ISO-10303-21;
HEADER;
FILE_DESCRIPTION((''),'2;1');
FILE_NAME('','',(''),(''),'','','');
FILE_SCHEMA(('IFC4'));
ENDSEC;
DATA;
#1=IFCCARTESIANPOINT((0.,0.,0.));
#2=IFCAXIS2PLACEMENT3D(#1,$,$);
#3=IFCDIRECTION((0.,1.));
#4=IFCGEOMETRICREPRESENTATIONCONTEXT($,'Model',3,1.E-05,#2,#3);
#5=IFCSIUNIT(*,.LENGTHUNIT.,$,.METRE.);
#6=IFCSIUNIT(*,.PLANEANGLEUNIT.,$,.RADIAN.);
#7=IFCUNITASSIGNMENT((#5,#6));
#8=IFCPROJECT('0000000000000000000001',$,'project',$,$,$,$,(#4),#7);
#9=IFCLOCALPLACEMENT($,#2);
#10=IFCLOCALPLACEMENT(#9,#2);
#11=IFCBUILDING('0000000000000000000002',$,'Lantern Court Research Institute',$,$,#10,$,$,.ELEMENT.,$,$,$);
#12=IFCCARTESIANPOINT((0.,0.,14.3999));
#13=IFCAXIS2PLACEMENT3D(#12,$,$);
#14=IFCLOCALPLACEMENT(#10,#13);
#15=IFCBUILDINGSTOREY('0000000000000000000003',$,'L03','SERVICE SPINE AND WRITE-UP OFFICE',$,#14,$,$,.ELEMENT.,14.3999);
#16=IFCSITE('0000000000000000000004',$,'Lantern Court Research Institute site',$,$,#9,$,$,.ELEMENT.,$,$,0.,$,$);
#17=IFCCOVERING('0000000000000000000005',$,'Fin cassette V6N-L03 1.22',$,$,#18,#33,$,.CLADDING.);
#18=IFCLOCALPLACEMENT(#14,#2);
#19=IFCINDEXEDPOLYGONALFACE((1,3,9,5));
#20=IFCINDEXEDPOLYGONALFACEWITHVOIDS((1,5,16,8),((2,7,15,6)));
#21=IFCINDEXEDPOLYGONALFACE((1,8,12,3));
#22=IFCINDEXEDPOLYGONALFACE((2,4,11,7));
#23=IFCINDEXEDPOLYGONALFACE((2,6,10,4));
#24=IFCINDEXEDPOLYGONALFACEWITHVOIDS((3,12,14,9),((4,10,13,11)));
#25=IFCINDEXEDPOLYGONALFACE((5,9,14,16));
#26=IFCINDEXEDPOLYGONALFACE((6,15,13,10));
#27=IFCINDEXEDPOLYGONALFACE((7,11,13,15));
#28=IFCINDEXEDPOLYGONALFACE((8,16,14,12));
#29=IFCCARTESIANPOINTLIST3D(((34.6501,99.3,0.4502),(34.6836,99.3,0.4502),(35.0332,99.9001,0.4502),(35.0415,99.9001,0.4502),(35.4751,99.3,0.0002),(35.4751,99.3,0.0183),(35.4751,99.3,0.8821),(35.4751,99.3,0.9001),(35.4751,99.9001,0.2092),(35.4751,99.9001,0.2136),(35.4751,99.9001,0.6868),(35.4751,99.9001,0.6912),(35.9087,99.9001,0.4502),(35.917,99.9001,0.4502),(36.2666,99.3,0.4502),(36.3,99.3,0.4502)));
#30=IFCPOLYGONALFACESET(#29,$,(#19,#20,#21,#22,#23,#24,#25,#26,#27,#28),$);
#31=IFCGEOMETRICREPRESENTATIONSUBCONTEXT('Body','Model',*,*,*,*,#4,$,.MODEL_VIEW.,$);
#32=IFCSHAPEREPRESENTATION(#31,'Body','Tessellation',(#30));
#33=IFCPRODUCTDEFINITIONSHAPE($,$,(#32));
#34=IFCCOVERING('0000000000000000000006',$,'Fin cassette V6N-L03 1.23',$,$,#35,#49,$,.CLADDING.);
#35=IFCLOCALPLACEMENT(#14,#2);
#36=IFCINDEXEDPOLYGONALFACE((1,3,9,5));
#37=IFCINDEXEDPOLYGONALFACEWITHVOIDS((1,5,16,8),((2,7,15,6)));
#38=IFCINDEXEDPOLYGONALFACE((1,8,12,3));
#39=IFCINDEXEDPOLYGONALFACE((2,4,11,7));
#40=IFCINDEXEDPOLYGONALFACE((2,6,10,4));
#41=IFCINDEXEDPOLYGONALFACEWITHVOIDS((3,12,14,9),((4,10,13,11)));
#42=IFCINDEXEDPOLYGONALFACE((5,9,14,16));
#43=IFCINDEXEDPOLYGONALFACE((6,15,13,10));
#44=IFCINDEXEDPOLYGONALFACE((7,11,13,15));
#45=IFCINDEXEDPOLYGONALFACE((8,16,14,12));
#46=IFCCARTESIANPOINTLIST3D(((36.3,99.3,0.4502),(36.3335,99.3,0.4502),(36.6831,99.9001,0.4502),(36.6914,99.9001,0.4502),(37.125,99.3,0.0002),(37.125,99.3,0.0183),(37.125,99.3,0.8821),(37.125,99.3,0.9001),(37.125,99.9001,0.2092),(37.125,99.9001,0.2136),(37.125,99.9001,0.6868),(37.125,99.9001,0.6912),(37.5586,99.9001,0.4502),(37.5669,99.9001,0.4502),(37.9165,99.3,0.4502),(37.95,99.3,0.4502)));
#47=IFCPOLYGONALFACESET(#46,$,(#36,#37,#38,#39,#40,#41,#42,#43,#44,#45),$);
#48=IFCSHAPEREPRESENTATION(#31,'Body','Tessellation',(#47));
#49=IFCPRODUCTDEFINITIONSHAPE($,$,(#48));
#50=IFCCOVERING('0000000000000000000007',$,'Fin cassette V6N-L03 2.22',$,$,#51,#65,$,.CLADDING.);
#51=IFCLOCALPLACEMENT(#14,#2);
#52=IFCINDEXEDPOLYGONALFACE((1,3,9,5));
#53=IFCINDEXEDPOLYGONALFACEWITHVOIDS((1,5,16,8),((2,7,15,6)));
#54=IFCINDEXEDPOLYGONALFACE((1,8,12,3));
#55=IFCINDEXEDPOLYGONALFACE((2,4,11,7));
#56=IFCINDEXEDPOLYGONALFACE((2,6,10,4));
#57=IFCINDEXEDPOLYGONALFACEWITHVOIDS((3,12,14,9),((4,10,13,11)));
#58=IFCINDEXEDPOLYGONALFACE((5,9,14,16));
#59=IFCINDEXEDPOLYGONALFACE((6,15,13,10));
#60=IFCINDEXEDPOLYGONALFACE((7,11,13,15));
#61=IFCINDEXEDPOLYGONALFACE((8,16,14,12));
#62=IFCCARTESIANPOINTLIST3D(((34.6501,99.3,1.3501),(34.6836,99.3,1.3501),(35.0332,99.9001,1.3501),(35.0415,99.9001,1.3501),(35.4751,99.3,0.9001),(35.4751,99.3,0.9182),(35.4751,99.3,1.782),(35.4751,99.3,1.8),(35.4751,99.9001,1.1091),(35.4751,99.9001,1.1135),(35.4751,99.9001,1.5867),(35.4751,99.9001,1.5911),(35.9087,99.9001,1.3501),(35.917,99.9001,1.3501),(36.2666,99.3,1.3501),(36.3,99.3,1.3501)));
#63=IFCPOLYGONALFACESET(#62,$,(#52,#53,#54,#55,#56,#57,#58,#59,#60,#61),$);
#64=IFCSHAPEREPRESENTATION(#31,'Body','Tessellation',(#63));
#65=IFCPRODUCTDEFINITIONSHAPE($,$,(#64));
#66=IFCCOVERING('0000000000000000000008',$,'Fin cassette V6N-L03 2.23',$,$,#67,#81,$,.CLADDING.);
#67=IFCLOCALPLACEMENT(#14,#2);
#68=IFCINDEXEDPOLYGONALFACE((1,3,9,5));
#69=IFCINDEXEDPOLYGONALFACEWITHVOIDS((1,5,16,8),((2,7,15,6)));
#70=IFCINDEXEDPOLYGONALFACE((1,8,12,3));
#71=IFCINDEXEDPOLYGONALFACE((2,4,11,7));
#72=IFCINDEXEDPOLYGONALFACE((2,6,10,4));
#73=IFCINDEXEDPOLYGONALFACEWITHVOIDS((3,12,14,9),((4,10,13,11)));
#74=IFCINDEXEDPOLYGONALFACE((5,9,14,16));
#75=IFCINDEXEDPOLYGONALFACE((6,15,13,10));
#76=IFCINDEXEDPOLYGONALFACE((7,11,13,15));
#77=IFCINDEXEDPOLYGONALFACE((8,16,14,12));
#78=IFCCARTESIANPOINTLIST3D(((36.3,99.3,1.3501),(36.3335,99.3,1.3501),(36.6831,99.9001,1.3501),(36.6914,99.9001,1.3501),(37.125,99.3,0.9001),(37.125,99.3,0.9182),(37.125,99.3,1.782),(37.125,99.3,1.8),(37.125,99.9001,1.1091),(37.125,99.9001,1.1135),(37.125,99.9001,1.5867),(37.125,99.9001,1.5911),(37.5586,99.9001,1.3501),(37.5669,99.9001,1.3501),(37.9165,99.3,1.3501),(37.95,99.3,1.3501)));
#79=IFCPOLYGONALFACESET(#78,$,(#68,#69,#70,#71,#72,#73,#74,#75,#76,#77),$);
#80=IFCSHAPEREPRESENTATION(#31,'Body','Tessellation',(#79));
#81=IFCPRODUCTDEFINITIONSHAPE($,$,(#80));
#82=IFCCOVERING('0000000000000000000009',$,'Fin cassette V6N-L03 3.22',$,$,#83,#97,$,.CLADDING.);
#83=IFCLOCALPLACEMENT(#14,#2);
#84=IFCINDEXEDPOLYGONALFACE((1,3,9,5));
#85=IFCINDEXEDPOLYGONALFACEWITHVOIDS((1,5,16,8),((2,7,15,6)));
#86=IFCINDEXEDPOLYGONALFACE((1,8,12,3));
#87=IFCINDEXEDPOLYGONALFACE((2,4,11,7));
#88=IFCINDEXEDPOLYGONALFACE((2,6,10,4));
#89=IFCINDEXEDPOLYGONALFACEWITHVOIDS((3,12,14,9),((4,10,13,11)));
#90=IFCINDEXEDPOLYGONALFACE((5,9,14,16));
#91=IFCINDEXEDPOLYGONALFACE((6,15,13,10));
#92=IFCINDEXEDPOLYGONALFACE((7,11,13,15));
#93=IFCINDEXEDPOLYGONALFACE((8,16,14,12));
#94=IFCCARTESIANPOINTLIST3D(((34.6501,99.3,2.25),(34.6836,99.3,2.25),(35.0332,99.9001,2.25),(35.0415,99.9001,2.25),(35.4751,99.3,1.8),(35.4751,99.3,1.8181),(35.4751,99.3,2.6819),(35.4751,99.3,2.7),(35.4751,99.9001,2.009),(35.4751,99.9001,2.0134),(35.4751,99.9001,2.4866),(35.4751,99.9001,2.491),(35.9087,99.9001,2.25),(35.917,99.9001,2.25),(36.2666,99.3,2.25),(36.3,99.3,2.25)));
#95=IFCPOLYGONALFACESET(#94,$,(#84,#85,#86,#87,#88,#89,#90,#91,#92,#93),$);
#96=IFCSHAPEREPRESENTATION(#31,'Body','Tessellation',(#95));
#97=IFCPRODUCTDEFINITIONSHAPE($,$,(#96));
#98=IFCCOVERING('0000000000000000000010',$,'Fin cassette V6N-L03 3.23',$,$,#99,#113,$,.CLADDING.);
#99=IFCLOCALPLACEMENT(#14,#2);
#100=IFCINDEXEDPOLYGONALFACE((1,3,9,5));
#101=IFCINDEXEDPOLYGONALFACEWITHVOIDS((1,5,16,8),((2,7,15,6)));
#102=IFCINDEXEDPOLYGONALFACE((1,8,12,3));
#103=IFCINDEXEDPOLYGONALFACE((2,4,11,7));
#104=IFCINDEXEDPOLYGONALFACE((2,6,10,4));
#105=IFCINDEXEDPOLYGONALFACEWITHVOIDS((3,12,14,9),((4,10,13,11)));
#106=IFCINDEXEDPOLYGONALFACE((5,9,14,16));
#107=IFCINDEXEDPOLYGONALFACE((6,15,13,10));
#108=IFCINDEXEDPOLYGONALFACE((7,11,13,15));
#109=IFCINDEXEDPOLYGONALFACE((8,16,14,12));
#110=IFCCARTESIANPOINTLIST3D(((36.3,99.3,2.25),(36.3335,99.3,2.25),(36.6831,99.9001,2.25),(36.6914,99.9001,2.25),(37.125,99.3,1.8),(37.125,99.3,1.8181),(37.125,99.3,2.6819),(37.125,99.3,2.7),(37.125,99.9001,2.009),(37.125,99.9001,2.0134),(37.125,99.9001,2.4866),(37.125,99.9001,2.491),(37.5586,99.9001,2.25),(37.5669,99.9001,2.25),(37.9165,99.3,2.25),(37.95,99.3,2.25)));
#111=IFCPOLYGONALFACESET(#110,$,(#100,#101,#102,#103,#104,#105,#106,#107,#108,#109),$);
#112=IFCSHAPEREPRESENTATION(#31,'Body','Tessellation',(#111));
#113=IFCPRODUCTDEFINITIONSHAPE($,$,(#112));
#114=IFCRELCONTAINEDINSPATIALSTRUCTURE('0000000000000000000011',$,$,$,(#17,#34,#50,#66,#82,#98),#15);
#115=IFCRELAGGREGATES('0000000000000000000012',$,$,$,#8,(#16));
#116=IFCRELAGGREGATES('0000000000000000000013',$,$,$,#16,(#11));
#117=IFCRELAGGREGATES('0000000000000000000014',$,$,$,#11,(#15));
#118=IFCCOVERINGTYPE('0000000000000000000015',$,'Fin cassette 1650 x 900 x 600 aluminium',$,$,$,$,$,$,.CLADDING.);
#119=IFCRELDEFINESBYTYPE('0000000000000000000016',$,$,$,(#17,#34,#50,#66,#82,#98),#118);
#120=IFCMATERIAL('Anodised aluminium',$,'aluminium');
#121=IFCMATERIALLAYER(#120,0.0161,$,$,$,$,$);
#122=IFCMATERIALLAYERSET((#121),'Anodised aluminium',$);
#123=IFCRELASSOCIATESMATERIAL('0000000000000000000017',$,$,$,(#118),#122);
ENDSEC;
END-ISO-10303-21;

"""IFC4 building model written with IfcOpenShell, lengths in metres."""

from ifc_helpers import new_model, entity, si_unit, direction, frame, origin, place, context, subcontext, project, spatial, material, layer, layer_set, type_object, element, save


model = new_model("IFC4")

# Units and contexts
model_context = context("Model", 3, precision=1e-05, world=origin(), true_north=direction((0.0, 1.0)))
body_context = subcontext(model_context, "Body", "Model", "MODEL_VIEW")
ifc_project = project(units=[si_unit("LENGTHUNIT", "METRE"), si_unit("PLANEANGLEUNIT", "RADIAN")], contexts=[model_context])

# Site, building, storey
site_placement = place(None, origin())
site = spatial("IfcSite", under=ifc_project, at=site_placement, Name="Lantern Court Research Institute site", CompositionType="ELEMENT", RefElevation=0.0)
building_placement = place(site_placement, origin())
building = spatial("IfcBuilding", under=site, at=building_placement, Name="Lantern Court Research Institute", CompositionType="ELEMENT")
storey_placement = place(building_placement, frame((0.0, 0.0, 14.3999)))
storey = spatial("IfcBuildingStorey", under=building, at=storey_placement, Name="L03", Description="SERVICE SPINE AND WRITE-UP OFFICE", CompositionType="ELEMENT", Elevation=14.3999)

# Coverings
ifc_material_1 = material(Name="Anodised aluminium", Category="aluminium")
ifc_layer_1 = layer(ifc_material_1, 0.0161)
ifc_layer_set_1 = layer_set([ifc_layer_1], Name="Anodised aluminium")
covering_type_1 = type_object("IfcCoveringType", Name="Fin cassette 1650 x 900 x 600 aluminium", PredefinedType="CLADDING", material=ifc_layer_set_1)
covering_1_placement = place(storey_placement, frame((35.4751, 99.3, 0.4502), z_axis=(0.0, 1.0, 0.0), x_axis=(-1.0, 0.0, 0.0)))
cartesian_point_1 = entity("IfcCartesianPoint", [0.825, 0.0])
cartesian_point_2 = entity("IfcCartesianPoint", [0.7915, 0.0])
cartesian_point_3 = entity("IfcCartesianPoint", [0.4419, 0.0])
cartesian_point_4 = entity("IfcCartesianPoint", [0.4336, 0.0])
element("IfcCovering", 1, at=covering_1_placement, inside=storey, type_object=covering_type_1, Name="Fin cassette V6N-L03 1.22", PredefinedType="CLADDING", context=body_context, shape_type="SweptSolid", body=[
    entity("IfcExtrudedAreaSolidTapered", entity("IfcArbitraryProfileDefWithVoids", "AREA", None, entity("IfcPolyline", [cartesian_point_1, entity("IfcCartesianPoint", [0.0, 0.45]), entity("IfcCartesianPoint", [-0.825, 0.0]), entity("IfcCartesianPoint", [0.0, -0.45]), cartesian_point_1]), [entity("IfcPolyline", [cartesian_point_2, entity("IfcCartesianPoint", [0.0, 0.4319]), entity("IfcCartesianPoint", [-0.7915, 0.0]), entity("IfcCartesianPoint", [0.0, -0.4319]), cartesian_point_2])]), entity("IfcAxis2Placement3D", entity("IfcCartesianPoint", [0.0, 0.0, 0.0])), entity("IfcDirection", [0.0, 0.0, 1.0]), 0.6001, entity("IfcArbitraryProfileDefWithVoids", "AREA", None, entity("IfcPolyline", [cartesian_point_3, entity("IfcCartesianPoint", [0.0, 0.241]), entity("IfcCartesianPoint", [-0.4419, 0.0]), entity("IfcCartesianPoint", [0.0, -0.241]), cartesian_point_3]), [entity("IfcPolyline", [cartesian_point_4, entity("IfcCartesianPoint", [0.0, 0.2366]), entity("IfcCartesianPoint", [-0.4336, 0.0]), entity("IfcCartesianPoint", [0.0, -0.2366]), cartesian_point_4])])),
])
covering_2_placement = place(storey_placement, frame((37.125, 99.3, 0.4502), z_axis=(0.0, 1.0, 0.0), x_axis=(-1.0, 0.0, 0.0)))
cartesian_point_5 = entity("IfcCartesianPoint", [0.825, 0.0])
cartesian_point_6 = entity("IfcCartesianPoint", [0.7915, 0.0])
cartesian_point_7 = entity("IfcCartesianPoint", [0.4419, 0.0])
cartesian_point_8 = entity("IfcCartesianPoint", [0.4336, 0.0])
element("IfcCovering", 2, at=covering_2_placement, inside=storey, type_object=covering_type_1, Name="Fin cassette V6N-L03 1.23", PredefinedType="CLADDING", context=body_context, shape_type="SweptSolid", body=[
    entity("IfcExtrudedAreaSolidTapered", entity("IfcArbitraryProfileDefWithVoids", "AREA", None, entity("IfcPolyline", [cartesian_point_5, entity("IfcCartesianPoint", [0.0, 0.45]), entity("IfcCartesianPoint", [-0.825, 0.0]), entity("IfcCartesianPoint", [0.0, -0.45]), cartesian_point_5]), [entity("IfcPolyline", [cartesian_point_6, entity("IfcCartesianPoint", [0.0, 0.4319]), entity("IfcCartesianPoint", [-0.7915, 0.0]), entity("IfcCartesianPoint", [0.0, -0.4319]), cartesian_point_6])]), entity("IfcAxis2Placement3D", entity("IfcCartesianPoint", [0.0, 0.0, 0.0])), entity("IfcDirection", [0.0, 0.0, 1.0]), 0.6001, entity("IfcArbitraryProfileDefWithVoids", "AREA", None, entity("IfcPolyline", [cartesian_point_7, entity("IfcCartesianPoint", [0.0, 0.241]), entity("IfcCartesianPoint", [-0.4419, 0.0]), entity("IfcCartesianPoint", [0.0, -0.241]), cartesian_point_7]), [entity("IfcPolyline", [cartesian_point_8, entity("IfcCartesianPoint", [0.0, 0.2366]), entity("IfcCartesianPoint", [-0.4336, 0.0]), entity("IfcCartesianPoint", [0.0, -0.2366]), cartesian_point_8])])),
])
covering_3_placement = place(storey_placement, frame((35.4751, 99.3, 1.3501), z_axis=(0.0, 1.0, 0.0), x_axis=(-1.0, 0.0, 0.0)))
cartesian_point_9 = entity("IfcCartesianPoint", [0.825, 0.0])
cartesian_point_10 = entity("IfcCartesianPoint", [0.7915, 0.0])
cartesian_point_11 = entity("IfcCartesianPoint", [0.4419, 0.0])
cartesian_point_12 = entity("IfcCartesianPoint", [0.4336, 0.0])
element("IfcCovering", 3, at=covering_3_placement, inside=storey, type_object=covering_type_1, Name="Fin cassette V6N-L03 2.22", PredefinedType="CLADDING", context=body_context, shape_type="SweptSolid", body=[
    entity("IfcExtrudedAreaSolidTapered", entity("IfcArbitraryProfileDefWithVoids", "AREA", None, entity("IfcPolyline", [cartesian_point_9, entity("IfcCartesianPoint", [0.0, 0.45]), entity("IfcCartesianPoint", [-0.825, 0.0]), entity("IfcCartesianPoint", [0.0, -0.45]), cartesian_point_9]), [entity("IfcPolyline", [cartesian_point_10, entity("IfcCartesianPoint", [0.0, 0.4319]), entity("IfcCartesianPoint", [-0.7915, 0.0]), entity("IfcCartesianPoint", [0.0, -0.4319]), cartesian_point_10])]), entity("IfcAxis2Placement3D", entity("IfcCartesianPoint", [0.0, 0.0, 0.0])), entity("IfcDirection", [0.0, 0.0, 1.0]), 0.6001, entity("IfcArbitraryProfileDefWithVoids", "AREA", None, entity("IfcPolyline", [cartesian_point_11, entity("IfcCartesianPoint", [0.0, 0.241]), entity("IfcCartesianPoint", [-0.4419, 0.0]), entity("IfcCartesianPoint", [0.0, -0.241]), cartesian_point_11]), [entity("IfcPolyline", [cartesian_point_12, entity("IfcCartesianPoint", [0.0, 0.2366]), entity("IfcCartesianPoint", [-0.4336, 0.0]), entity("IfcCartesianPoint", [0.0, -0.2366]), cartesian_point_12])])),
])
covering_4_placement = place(storey_placement, frame((37.125, 99.3, 1.3501), z_axis=(0.0, 1.0, 0.0), x_axis=(-1.0, 0.0, 0.0)))
cartesian_point_13 = entity("IfcCartesianPoint", [0.825, 0.0])
cartesian_point_14 = entity("IfcCartesianPoint", [0.7915, 0.0])
cartesian_point_15 = entity("IfcCartesianPoint", [0.4419, 0.0])
cartesian_point_16 = entity("IfcCartesianPoint", [0.4336, 0.0])
element("IfcCovering", 4, at=covering_4_placement, inside=storey, type_object=covering_type_1, Name="Fin cassette V6N-L03 2.23", PredefinedType="CLADDING", context=body_context, shape_type="SweptSolid", body=[
    entity("IfcExtrudedAreaSolidTapered", entity("IfcArbitraryProfileDefWithVoids", "AREA", None, entity("IfcPolyline", [cartesian_point_13, entity("IfcCartesianPoint", [0.0, 0.45]), entity("IfcCartesianPoint", [-0.825, 0.0]), entity("IfcCartesianPoint", [0.0, -0.45]), cartesian_point_13]), [entity("IfcPolyline", [cartesian_point_14, entity("IfcCartesianPoint", [0.0, 0.4319]), entity("IfcCartesianPoint", [-0.7915, 0.0]), entity("IfcCartesianPoint", [0.0, -0.4319]), cartesian_point_14])]), entity("IfcAxis2Placement3D", entity("IfcCartesianPoint", [0.0, 0.0, 0.0])), entity("IfcDirection", [0.0, 0.0, 1.0]), 0.6001, entity("IfcArbitraryProfileDefWithVoids", "AREA", None, entity("IfcPolyline", [cartesian_point_15, entity("IfcCartesianPoint", [0.0, 0.241]), entity("IfcCartesianPoint", [-0.4419, 0.0]), entity("IfcCartesianPoint", [0.0, -0.241]), cartesian_point_15]), [entity("IfcPolyline", [cartesian_point_16, entity("IfcCartesianPoint", [0.0, 0.2366]), entity("IfcCartesianPoint", [-0.4336, 0.0]), entity("IfcCartesianPoint", [0.0, -0.2366]), cartesian_point_16])])),
])
covering_5_placement = place(storey_placement, frame((35.4751, 99.3, 2.25), z_axis=(0.0, 1.0, 0.0), x_axis=(-1.0, 0.0, 0.0)))
cartesian_point_17 = entity("IfcCartesianPoint", [0.825, 0.0])
cartesian_point_18 = entity("IfcCartesianPoint", [0.7915, 0.0])
cartesian_point_19 = entity("IfcCartesianPoint", [0.4419, 0.0])
cartesian_point_20 = entity("IfcCartesianPoint", [0.4336, 0.0])
element("IfcCovering", 5, at=covering_5_placement, inside=storey, type_object=covering_type_1, Name="Fin cassette V6N-L03 3.22", PredefinedType="CLADDING", context=body_context, shape_type="SweptSolid", body=[
    entity("IfcExtrudedAreaSolidTapered", entity("IfcArbitraryProfileDefWithVoids", "AREA", None, entity("IfcPolyline", [cartesian_point_17, entity("IfcCartesianPoint", [0.0, 0.45]), entity("IfcCartesianPoint", [-0.825, 0.0]), entity("IfcCartesianPoint", [0.0, -0.45]), cartesian_point_17]), [entity("IfcPolyline", [cartesian_point_18, entity("IfcCartesianPoint", [0.0, 0.4319]), entity("IfcCartesianPoint", [-0.7915, 0.0]), entity("IfcCartesianPoint", [0.0, -0.4319]), cartesian_point_18])]), entity("IfcAxis2Placement3D", entity("IfcCartesianPoint", [0.0, 0.0, 0.0])), entity("IfcDirection", [0.0, 0.0, 1.0]), 0.6001, entity("IfcArbitraryProfileDefWithVoids", "AREA", None, entity("IfcPolyline", [cartesian_point_19, entity("IfcCartesianPoint", [0.0, 0.241]), entity("IfcCartesianPoint", [-0.4419, 0.0]), entity("IfcCartesianPoint", [0.0, -0.241]), cartesian_point_19]), [entity("IfcPolyline", [cartesian_point_20, entity("IfcCartesianPoint", [0.0, 0.2366]), entity("IfcCartesianPoint", [-0.4336, 0.0]), entity("IfcCartesianPoint", [0.0, -0.2366]), cartesian_point_20])])),
])
covering_6_placement = place(storey_placement, frame((37.125, 99.3, 2.25), z_axis=(0.0, 1.0, 0.0), x_axis=(-1.0, 0.0, 0.0)))
cartesian_point_21 = entity("IfcCartesianPoint", [0.825, 0.0])
cartesian_point_22 = entity("IfcCartesianPoint", [0.7915, 0.0])
cartesian_point_23 = entity("IfcCartesianPoint", [0.4419, 0.0])
cartesian_point_24 = entity("IfcCartesianPoint", [0.4336, 0.0])
element("IfcCovering", 6, at=covering_6_placement, inside=storey, type_object=covering_type_1, Name="Fin cassette V6N-L03 3.23", PredefinedType="CLADDING", context=body_context, shape_type="SweptSolid", body=[
    entity("IfcExtrudedAreaSolidTapered", entity("IfcArbitraryProfileDefWithVoids", "AREA", None, entity("IfcPolyline", [cartesian_point_21, entity("IfcCartesianPoint", [0.0, 0.45]), entity("IfcCartesianPoint", [-0.825, 0.0]), entity("IfcCartesianPoint", [0.0, -0.45]), cartesian_point_21]), [entity("IfcPolyline", [cartesian_point_22, entity("IfcCartesianPoint", [0.0, 0.4319]), entity("IfcCartesianPoint", [-0.7915, 0.0]), entity("IfcCartesianPoint", [0.0, -0.4319]), cartesian_point_22])]), entity("IfcAxis2Placement3D", entity("IfcCartesianPoint", [0.0, 0.0, 0.0])), entity("IfcDirection", [0.0, 0.0, 1.0]), 0.6001, entity("IfcArbitraryProfileDefWithVoids", "AREA", None, entity("IfcPolyline", [cartesian_point_23, entity("IfcCartesianPoint", [0.0, 0.241]), entity("IfcCartesianPoint", [-0.4419, 0.0]), entity("IfcCartesianPoint", [0.0, -0.241]), cartesian_point_23]), [entity("IfcPolyline", [cartesian_point_24, entity("IfcCartesianPoint", [0.0, 0.2366]), entity("IfcCartesianPoint", [-0.4336, 0.0]), entity("IfcCartesianPoint", [0.0, -0.2366]), cartesian_point_24])])),
])

save(model, "model.ifc")
